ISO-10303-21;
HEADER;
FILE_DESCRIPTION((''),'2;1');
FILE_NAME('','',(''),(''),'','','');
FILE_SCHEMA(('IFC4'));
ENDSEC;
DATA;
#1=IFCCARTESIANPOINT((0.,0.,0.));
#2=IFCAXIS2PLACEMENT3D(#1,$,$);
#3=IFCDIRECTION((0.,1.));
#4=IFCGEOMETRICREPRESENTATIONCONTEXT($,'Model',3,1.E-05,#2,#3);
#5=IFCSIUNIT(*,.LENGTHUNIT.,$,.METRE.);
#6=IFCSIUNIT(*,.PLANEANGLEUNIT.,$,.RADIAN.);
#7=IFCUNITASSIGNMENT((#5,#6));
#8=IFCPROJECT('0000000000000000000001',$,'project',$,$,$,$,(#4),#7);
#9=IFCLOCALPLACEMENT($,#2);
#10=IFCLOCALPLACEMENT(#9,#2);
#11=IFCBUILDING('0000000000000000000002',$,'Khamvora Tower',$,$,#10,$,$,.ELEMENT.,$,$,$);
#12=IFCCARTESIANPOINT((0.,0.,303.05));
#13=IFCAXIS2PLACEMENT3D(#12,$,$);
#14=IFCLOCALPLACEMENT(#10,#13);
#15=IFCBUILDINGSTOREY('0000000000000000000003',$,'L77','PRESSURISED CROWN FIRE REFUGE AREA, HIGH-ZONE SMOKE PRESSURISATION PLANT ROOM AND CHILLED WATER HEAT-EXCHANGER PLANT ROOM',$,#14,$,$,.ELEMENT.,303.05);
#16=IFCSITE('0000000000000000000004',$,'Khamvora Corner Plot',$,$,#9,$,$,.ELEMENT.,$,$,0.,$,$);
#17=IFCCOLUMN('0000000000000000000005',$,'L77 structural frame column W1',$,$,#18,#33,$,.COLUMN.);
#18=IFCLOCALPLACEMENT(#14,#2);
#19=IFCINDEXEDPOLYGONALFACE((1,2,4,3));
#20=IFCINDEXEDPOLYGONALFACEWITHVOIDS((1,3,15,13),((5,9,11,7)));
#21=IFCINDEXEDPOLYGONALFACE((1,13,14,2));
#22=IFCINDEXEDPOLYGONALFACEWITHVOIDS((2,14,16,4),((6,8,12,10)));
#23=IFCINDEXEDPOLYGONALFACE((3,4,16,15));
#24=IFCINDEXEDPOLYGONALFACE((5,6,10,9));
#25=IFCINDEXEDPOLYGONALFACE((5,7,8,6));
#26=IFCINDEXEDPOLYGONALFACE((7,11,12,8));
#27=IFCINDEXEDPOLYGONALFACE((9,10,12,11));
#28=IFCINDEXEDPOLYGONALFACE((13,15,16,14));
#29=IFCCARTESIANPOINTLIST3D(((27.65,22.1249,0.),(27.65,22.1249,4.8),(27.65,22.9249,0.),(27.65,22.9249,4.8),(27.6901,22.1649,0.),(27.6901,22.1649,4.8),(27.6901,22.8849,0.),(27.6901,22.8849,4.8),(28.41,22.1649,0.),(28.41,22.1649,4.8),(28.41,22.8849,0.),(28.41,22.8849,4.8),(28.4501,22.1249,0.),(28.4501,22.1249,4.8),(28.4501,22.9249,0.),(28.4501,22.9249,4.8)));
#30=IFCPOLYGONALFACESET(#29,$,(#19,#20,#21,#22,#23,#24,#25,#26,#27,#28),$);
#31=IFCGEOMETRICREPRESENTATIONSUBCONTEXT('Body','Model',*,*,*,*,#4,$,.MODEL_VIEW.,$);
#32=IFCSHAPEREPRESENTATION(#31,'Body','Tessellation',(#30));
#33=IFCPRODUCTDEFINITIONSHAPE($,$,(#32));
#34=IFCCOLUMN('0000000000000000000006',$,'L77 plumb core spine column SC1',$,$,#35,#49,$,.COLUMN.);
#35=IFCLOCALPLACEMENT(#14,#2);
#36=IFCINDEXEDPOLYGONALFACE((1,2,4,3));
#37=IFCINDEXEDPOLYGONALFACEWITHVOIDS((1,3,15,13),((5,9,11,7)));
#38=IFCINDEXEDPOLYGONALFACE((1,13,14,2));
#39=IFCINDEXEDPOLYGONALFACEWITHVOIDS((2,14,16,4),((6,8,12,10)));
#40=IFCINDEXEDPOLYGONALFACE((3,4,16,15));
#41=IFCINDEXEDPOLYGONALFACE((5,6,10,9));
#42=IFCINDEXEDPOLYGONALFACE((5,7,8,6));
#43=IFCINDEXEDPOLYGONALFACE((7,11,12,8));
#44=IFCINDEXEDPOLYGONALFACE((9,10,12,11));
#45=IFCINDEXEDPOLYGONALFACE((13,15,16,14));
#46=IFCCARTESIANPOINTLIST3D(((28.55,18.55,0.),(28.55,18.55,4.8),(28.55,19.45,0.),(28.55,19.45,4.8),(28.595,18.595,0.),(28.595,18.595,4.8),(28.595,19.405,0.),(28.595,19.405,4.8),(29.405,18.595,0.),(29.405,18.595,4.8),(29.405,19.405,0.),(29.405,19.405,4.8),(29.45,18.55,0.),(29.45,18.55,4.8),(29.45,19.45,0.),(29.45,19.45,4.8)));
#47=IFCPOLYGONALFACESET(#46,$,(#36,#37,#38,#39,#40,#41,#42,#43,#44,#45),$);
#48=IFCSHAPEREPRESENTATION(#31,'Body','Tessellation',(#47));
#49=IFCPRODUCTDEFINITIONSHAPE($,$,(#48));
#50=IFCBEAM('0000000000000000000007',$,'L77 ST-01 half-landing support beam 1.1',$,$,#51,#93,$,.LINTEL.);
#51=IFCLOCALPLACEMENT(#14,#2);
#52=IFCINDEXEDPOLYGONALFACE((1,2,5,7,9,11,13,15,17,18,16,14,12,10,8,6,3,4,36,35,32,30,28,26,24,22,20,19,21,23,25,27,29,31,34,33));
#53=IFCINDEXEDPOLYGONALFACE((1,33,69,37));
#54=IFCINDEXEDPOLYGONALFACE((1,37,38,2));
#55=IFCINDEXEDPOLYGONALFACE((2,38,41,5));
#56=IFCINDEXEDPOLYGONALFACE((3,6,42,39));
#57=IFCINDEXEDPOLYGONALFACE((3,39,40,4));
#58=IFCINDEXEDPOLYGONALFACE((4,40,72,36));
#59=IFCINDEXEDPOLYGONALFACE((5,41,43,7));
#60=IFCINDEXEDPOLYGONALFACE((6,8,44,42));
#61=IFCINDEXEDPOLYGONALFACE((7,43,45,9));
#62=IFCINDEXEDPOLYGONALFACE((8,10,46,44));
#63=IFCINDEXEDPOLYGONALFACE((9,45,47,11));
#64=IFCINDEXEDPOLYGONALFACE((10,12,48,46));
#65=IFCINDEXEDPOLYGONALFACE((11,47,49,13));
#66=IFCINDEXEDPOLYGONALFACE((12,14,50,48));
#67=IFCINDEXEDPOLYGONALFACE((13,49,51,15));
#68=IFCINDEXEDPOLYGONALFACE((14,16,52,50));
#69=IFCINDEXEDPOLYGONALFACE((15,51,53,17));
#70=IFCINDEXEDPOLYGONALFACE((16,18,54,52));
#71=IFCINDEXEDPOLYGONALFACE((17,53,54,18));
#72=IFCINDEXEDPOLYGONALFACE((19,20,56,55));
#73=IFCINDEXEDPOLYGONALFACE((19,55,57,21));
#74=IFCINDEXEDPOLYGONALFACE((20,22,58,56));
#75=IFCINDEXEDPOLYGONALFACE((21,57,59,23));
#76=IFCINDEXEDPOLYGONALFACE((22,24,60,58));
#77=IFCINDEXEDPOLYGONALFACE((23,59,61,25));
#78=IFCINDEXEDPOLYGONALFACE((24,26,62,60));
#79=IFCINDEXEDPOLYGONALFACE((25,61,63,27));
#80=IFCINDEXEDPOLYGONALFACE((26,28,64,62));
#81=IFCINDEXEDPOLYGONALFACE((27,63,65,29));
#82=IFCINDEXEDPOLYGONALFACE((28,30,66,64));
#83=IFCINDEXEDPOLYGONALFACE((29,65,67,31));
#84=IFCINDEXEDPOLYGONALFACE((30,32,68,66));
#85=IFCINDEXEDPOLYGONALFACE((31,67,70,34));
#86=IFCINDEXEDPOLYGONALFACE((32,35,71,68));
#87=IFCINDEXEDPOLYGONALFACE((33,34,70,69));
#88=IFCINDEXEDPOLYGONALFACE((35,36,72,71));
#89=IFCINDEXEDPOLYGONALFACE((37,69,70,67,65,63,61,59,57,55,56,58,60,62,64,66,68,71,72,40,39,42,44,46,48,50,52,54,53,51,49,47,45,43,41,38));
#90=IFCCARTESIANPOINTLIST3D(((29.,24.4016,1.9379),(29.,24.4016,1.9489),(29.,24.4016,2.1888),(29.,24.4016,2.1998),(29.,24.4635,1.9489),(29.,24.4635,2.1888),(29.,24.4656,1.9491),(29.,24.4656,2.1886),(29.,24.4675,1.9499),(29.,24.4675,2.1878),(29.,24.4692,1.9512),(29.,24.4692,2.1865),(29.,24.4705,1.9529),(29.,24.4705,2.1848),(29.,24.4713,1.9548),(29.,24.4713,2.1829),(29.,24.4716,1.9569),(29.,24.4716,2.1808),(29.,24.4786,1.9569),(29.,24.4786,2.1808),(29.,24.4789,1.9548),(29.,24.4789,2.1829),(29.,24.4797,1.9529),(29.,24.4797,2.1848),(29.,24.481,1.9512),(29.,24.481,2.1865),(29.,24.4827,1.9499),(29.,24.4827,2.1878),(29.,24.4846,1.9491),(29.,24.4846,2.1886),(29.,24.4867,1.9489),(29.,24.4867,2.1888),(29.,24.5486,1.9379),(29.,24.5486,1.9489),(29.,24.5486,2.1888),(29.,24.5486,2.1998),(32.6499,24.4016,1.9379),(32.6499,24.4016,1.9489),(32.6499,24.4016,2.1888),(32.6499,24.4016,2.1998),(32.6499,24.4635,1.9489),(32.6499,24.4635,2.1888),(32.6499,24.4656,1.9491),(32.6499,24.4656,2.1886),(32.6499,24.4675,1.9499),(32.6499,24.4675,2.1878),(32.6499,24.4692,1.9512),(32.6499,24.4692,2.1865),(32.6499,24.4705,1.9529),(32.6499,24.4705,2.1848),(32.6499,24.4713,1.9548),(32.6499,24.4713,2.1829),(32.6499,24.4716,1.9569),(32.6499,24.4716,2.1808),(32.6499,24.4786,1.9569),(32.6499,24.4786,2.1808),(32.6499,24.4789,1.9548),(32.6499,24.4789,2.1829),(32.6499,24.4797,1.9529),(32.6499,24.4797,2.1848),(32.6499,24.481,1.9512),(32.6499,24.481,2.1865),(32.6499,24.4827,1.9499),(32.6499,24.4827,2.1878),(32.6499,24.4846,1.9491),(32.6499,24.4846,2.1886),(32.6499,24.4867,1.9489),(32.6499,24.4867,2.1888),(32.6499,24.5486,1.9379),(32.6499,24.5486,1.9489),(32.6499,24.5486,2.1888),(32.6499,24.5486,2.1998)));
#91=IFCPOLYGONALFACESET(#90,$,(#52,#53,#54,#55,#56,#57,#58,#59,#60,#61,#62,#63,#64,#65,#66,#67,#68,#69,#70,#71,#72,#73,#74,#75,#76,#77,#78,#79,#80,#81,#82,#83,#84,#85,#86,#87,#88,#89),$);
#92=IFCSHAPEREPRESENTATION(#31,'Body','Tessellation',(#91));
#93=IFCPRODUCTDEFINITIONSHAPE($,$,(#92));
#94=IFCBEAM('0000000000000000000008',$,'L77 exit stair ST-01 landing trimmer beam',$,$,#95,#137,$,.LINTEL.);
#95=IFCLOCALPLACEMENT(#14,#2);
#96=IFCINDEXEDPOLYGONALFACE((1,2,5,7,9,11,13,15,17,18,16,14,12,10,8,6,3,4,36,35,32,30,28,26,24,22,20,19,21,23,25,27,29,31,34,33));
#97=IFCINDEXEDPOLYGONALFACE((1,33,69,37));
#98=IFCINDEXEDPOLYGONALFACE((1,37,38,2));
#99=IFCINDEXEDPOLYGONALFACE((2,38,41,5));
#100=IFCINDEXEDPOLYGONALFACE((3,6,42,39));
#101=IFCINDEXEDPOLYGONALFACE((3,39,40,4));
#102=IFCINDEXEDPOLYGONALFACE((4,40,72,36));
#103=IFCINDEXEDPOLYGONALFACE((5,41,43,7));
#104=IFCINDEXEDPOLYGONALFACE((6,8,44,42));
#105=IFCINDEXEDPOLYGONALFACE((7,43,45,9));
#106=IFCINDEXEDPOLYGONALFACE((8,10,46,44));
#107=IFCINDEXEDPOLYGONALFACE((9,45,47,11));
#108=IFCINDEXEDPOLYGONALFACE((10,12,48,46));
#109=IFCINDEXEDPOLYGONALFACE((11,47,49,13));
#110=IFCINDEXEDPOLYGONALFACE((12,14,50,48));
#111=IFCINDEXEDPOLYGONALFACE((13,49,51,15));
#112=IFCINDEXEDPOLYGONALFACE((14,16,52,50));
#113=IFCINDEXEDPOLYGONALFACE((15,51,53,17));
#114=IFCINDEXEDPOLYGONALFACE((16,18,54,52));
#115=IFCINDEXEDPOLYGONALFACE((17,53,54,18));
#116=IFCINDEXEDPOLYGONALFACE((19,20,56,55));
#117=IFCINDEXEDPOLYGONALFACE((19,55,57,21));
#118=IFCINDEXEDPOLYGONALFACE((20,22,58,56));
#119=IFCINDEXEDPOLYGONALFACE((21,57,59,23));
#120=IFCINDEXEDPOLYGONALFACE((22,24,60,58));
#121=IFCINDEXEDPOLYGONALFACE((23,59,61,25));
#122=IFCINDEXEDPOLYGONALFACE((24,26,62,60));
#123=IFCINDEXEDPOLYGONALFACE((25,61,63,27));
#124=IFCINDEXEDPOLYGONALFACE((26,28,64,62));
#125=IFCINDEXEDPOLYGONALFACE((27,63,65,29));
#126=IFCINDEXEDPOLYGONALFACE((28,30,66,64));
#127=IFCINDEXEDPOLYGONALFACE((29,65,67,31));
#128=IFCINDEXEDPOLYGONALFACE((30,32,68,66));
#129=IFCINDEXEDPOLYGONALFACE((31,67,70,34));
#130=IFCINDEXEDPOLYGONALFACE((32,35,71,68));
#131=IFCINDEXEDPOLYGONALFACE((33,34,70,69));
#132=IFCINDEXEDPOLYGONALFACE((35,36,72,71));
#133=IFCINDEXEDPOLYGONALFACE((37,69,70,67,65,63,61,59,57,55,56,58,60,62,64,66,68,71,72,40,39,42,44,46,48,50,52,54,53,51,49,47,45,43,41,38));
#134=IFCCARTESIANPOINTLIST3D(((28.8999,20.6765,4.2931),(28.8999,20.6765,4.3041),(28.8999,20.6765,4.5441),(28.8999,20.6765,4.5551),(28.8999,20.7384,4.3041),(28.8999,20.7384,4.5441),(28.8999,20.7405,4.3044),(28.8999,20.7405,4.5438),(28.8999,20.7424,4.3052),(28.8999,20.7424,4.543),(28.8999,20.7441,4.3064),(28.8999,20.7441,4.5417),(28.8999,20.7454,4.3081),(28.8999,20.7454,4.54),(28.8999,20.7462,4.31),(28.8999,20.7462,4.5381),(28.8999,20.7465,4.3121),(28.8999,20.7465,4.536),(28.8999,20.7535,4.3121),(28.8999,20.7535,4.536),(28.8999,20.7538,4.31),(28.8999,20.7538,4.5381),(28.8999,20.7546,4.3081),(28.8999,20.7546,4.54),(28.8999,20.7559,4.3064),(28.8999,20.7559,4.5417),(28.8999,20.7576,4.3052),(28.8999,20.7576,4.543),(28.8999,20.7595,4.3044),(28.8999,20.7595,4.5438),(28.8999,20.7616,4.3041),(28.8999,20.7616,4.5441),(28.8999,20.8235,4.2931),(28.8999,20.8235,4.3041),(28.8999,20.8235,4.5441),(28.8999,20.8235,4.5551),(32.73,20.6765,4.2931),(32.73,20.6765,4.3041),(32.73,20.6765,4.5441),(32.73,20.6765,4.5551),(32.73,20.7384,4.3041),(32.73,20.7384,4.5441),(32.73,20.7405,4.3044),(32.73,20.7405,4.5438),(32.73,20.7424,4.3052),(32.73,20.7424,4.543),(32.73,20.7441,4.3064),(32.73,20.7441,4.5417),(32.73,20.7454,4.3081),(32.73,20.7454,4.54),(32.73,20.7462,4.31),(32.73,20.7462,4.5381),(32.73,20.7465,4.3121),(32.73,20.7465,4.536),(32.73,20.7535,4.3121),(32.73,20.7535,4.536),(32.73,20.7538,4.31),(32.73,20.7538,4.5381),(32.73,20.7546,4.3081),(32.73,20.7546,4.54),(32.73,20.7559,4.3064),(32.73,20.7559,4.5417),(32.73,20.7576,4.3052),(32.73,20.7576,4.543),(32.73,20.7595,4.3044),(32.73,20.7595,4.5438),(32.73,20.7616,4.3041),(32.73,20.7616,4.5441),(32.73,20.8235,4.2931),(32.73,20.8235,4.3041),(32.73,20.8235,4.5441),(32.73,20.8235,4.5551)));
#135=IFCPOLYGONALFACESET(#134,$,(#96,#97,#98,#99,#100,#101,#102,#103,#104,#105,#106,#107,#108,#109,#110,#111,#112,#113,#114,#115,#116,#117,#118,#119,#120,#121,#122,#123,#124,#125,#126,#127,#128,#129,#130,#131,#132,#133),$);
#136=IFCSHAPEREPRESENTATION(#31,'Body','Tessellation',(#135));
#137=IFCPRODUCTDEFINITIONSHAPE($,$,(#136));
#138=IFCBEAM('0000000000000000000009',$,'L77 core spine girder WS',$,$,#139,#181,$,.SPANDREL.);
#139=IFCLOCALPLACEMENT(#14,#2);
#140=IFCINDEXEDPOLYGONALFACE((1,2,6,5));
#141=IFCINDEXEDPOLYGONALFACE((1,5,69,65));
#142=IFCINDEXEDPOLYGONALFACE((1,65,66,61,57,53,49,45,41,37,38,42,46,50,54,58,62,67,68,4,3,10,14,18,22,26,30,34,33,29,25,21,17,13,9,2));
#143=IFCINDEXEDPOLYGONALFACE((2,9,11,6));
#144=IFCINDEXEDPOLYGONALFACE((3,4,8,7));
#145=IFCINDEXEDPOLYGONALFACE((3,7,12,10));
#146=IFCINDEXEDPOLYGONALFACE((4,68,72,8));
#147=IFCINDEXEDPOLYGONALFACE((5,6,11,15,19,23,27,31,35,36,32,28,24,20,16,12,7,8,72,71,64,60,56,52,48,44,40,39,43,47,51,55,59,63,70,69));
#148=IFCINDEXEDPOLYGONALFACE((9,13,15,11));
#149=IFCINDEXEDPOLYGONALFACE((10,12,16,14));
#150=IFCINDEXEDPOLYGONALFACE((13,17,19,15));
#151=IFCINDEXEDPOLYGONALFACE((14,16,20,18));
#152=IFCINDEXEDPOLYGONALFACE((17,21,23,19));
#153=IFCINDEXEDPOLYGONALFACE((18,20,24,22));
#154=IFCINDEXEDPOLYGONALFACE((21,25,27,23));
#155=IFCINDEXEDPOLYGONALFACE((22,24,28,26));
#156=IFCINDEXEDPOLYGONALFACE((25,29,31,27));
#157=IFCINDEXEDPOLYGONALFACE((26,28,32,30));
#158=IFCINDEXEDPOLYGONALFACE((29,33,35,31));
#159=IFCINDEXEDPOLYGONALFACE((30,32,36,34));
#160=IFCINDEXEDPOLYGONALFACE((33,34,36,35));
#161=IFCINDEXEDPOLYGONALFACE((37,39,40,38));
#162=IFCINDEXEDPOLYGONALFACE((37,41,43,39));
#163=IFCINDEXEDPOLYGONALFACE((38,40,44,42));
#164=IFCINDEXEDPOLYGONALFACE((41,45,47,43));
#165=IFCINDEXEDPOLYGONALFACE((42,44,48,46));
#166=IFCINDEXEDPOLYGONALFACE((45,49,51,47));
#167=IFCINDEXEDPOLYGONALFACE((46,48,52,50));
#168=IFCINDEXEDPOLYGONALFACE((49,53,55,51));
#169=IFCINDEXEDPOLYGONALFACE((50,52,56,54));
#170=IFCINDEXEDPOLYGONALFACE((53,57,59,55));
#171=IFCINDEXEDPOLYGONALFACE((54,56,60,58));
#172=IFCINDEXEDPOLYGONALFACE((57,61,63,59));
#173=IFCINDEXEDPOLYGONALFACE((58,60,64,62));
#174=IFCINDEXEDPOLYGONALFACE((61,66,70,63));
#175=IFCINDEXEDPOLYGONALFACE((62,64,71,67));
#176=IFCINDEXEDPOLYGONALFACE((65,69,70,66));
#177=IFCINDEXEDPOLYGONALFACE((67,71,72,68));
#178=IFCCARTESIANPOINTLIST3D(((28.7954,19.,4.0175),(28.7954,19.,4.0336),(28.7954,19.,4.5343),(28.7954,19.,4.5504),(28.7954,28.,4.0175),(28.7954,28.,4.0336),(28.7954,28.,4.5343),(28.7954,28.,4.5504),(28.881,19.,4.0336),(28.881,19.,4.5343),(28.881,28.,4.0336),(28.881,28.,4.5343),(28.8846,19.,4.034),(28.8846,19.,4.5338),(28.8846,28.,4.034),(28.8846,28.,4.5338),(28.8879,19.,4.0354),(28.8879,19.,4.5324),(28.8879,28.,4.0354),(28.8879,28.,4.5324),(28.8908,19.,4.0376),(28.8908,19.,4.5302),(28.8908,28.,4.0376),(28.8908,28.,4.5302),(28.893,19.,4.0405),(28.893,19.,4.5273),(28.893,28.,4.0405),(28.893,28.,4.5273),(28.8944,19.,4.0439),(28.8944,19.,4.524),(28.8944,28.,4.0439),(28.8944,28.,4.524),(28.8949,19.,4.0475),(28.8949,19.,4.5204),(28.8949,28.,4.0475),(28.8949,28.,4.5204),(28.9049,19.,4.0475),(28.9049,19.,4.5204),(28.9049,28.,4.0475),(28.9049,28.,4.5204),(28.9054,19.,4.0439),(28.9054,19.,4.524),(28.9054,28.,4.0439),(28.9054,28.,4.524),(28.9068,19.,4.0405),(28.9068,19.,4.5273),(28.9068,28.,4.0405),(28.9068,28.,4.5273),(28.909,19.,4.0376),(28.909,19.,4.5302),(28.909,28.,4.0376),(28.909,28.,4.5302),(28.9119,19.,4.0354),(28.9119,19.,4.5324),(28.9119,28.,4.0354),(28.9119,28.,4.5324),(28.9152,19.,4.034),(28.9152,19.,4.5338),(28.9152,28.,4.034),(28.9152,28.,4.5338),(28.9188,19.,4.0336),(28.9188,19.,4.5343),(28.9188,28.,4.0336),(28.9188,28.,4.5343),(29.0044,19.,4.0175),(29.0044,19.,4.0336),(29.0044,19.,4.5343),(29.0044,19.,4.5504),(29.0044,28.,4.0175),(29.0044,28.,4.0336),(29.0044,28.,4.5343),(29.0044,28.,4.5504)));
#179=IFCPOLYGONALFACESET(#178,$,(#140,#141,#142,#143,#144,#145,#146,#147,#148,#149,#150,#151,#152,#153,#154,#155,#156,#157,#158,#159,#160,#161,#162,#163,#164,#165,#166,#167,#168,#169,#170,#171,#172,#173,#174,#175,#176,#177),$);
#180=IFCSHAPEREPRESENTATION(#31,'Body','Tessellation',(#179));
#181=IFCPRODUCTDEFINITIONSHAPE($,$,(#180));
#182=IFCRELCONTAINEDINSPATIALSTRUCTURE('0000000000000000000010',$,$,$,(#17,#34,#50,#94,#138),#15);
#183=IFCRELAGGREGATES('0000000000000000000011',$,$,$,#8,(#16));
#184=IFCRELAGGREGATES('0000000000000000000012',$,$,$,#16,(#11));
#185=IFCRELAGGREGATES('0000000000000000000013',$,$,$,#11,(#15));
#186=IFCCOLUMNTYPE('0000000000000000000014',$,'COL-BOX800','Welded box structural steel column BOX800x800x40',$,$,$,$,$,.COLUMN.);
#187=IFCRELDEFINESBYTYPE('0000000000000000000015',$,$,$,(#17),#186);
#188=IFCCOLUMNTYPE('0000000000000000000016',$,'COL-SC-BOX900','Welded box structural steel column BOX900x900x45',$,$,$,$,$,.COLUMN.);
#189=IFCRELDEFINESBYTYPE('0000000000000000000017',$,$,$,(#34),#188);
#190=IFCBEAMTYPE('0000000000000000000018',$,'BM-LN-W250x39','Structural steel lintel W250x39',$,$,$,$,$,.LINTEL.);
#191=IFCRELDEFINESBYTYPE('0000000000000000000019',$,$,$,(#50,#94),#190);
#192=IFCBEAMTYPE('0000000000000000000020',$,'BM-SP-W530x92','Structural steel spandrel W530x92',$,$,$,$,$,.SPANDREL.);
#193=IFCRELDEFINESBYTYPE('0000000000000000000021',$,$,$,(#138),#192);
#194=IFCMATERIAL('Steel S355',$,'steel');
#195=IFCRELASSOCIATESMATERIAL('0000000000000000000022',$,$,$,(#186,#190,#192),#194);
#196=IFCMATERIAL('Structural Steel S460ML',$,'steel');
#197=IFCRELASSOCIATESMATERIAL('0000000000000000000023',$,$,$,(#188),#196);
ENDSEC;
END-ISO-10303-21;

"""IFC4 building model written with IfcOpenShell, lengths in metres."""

from ifc_helpers import new_model, si_unit, direction, frame, origin, origin_2d, place, context, subcontext, project, spatial, hollow_rectangle, i_section, extrude, material, material_profile, profile_set, type_object, element, save


model = new_model("IFC4")

# Units and contexts
model_context = context("Model", 3, precision=1e-05, world=origin(), true_north=direction((0.0, 1.0)))
body_context = subcontext(model_context, "Body", "Model", "MODEL_VIEW")
ifc_project = project(units=[si_unit("LENGTHUNIT", "METRE"), si_unit("PLANEANGLEUNIT", "RADIAN")], contexts=[model_context])

# Site, building, storey
site_placement = place(None, origin())
site = spatial("IfcSite", under=ifc_project, at=site_placement, Name="Khamvora Corner Plot", CompositionType="ELEMENT", RefElevation=0.0)
building_placement = place(site_placement, origin())
building = spatial("IfcBuilding", under=site, at=building_placement, Name="Khamvora Tower", CompositionType="ELEMENT")
storey_placement = place(building_placement, frame((0.0, 0.0, 303.05)))
storey = spatial("IfcBuildingStorey", under=building, at=storey_placement, Name="L77", Description="PRESSURISED CROWN FIRE REFUGE AREA, HIGH-ZONE SMOKE PRESSURISATION PLANT ROOM AND CHILLED WATER HEAT-EXCHANGER PLANT ROOM", CompositionType="ELEMENT", Elevation=303.05)

# Columns
ifc_material_1 = material(Name="Steel S355", Category="steel")
ifc_material_profile_1 = material_profile(ifc_material_1, hollow_rectangle(XDim=0.8, YDim=0.8, WallThickness=0.04, at=origin_2d()), Name="BOX800x800x40")
ifc_profile_set_1 = profile_set([ifc_material_profile_1], Name="Steel S355")
column_type_1 = type_object("IfcColumnType", Name="COL-BOX800", Description="Welded box structural steel column BOX800x800x40", PredefinedType="COLUMN", material=ifc_profile_set_1)
column_1_placement = place(storey_placement, frame((28.05, 22.5249, 0.0), z_axis=(0.0, 0.0, 1.0), x_axis=(1.0, 0.0, 0.0)))
element("IfcColumn", 1, at=column_1_placement, inside=storey, type_object=column_type_1, Name="L77 structural frame column W1", PredefinedType="COLUMN", context=body_context, shape_type="SweptSolid", body=[
    extrude(hollow_rectangle(XDim=0.8, YDim=0.8, WallThickness=0.04, at=origin_2d()), origin(), (0.0, 0.0, 1.0), 4.8),
])
ifc_material_2 = material(Name="Structural Steel S460ML", Category="steel")
ifc_material_profile_2 = material_profile(ifc_material_2, hollow_rectangle(XDim=0.8999, YDim=0.8999, WallThickness=0.0449, at=origin_2d()), Name="BOX900x900x45")
ifc_profile_set_2 = profile_set([ifc_material_profile_2], Name="Structural Steel S460ML")
column_type_2 = type_object("IfcColumnType", Name="COL-SC-BOX900", Description="Welded box structural steel column BOX900x900x45", PredefinedType="COLUMN", material=ifc_profile_set_2)
column_2_placement = place(storey_placement, frame((29.0, 19.0, 0.0), z_axis=(0.0, 0.0, 1.0), x_axis=(1.0, 0.0, 0.0)))
element("IfcColumn", 2, at=column_2_placement, inside=storey, type_object=column_type_2, Name="L77 plumb core spine column SC1", PredefinedType="COLUMN", context=body_context, shape_type="SweptSolid", body=[
    extrude(hollow_rectangle(XDim=0.8999, YDim=0.8999, WallThickness=0.0449, at=origin_2d()), origin(), (0.0, 0.0, 1.0), 4.8),
])

# Beams
ifc_material_profile_3 = material_profile(ifc_material_1, i_section(OverallWidth=0.147, OverallDepth=0.262, WebThickness=0.0071, FlangeThickness=0.011, FilletRadius=0.0081, at=origin_2d()), Name="W250x39")
ifc_profile_set_3 = profile_set([ifc_material_profile_3], Name="Steel S355")
beam_type_1 = type_object("IfcBeamType", Name="BM-LN-W250x39", Description="Structural steel lintel W250x39", PredefinedType="LINTEL", material=ifc_profile_set_3)
beam_1_placement = place(storey_placement, frame((29.0, 24.4751, 2.0688), z_axis=(1.0, 0.0, 0.0), x_axis=(0.0, 1.0, 0.0)))
element("IfcBeam", 3, at=beam_1_placement, inside=storey, type_object=beam_type_1, Name="L77 ST-01 half-landing support beam 1.1", PredefinedType="LINTEL", context=body_context, shape_type="SweptSolid", body=[
    extrude(i_section(OverallWidth=0.147, OverallDepth=0.262, WebThickness=0.0071, FlangeThickness=0.011, FilletRadius=0.0081, at=origin_2d()), origin(), (0.0, 0.0, 1.0), 3.6499),
])
beam_2_placement = place(storey_placement, frame((28.8999, 20.75, 4.4241), z_axis=(1.0, 0.0, 0.0), x_axis=(0.0, 1.0, 0.0)))
element("IfcBeam", 4, at=beam_2_placement, inside=storey, type_object=beam_type_1, Name="L77 exit stair ST-01 landing trimmer beam", PredefinedType="LINTEL", context=body_context, shape_type="SweptSolid", body=[
    extrude(i_section(OverallWidth=0.147, OverallDepth=0.262, WebThickness=0.0071, FlangeThickness=0.011, FilletRadius=0.0081, at=origin_2d()), origin(), (0.0, 0.0, 1.0), 3.8301),
])
ifc_material_profile_4 = material_profile(ifc_material_1, i_section(OverallWidth=0.209, OverallDepth=0.533, WebThickness=0.01, FlangeThickness=0.0161, FilletRadius=0.0139, at=origin_2d()), Name="W530x92")
ifc_profile_set_4 = profile_set([ifc_material_profile_4], Name="Steel S355")
beam_type_2 = type_object("IfcBeamType", Name="BM-SP-W530x92", Description="Structural steel spandrel W530x92", PredefinedType="SPANDREL", material=ifc_profile_set_4)
for number, where, z_axis, x_axis, name in (
    (5, (28.8999, 19.0, 4.2839), (0.0, 1.0, 0.0), (-1.0, 0.0, 0.0), "L77 core spine girder WS"),
):
    element("IfcBeam", number, at=place(storey_placement, frame(where, z_axis=z_axis, x_axis=x_axis)), inside=storey, type_object=beam_type_2, Name=name, PredefinedType="SPANDREL", context=body_context, shape_type="SweptSolid", body=[
        extrude(i_section(OverallWidth=0.209, OverallDepth=0.533, WebThickness=0.01, FlangeThickness=0.0161, FilletRadius=0.0139, at=origin_2d()), origin(), (0.0, 0.0, 1.0), 9.0),
    ])

save(model, "model.ifc")
